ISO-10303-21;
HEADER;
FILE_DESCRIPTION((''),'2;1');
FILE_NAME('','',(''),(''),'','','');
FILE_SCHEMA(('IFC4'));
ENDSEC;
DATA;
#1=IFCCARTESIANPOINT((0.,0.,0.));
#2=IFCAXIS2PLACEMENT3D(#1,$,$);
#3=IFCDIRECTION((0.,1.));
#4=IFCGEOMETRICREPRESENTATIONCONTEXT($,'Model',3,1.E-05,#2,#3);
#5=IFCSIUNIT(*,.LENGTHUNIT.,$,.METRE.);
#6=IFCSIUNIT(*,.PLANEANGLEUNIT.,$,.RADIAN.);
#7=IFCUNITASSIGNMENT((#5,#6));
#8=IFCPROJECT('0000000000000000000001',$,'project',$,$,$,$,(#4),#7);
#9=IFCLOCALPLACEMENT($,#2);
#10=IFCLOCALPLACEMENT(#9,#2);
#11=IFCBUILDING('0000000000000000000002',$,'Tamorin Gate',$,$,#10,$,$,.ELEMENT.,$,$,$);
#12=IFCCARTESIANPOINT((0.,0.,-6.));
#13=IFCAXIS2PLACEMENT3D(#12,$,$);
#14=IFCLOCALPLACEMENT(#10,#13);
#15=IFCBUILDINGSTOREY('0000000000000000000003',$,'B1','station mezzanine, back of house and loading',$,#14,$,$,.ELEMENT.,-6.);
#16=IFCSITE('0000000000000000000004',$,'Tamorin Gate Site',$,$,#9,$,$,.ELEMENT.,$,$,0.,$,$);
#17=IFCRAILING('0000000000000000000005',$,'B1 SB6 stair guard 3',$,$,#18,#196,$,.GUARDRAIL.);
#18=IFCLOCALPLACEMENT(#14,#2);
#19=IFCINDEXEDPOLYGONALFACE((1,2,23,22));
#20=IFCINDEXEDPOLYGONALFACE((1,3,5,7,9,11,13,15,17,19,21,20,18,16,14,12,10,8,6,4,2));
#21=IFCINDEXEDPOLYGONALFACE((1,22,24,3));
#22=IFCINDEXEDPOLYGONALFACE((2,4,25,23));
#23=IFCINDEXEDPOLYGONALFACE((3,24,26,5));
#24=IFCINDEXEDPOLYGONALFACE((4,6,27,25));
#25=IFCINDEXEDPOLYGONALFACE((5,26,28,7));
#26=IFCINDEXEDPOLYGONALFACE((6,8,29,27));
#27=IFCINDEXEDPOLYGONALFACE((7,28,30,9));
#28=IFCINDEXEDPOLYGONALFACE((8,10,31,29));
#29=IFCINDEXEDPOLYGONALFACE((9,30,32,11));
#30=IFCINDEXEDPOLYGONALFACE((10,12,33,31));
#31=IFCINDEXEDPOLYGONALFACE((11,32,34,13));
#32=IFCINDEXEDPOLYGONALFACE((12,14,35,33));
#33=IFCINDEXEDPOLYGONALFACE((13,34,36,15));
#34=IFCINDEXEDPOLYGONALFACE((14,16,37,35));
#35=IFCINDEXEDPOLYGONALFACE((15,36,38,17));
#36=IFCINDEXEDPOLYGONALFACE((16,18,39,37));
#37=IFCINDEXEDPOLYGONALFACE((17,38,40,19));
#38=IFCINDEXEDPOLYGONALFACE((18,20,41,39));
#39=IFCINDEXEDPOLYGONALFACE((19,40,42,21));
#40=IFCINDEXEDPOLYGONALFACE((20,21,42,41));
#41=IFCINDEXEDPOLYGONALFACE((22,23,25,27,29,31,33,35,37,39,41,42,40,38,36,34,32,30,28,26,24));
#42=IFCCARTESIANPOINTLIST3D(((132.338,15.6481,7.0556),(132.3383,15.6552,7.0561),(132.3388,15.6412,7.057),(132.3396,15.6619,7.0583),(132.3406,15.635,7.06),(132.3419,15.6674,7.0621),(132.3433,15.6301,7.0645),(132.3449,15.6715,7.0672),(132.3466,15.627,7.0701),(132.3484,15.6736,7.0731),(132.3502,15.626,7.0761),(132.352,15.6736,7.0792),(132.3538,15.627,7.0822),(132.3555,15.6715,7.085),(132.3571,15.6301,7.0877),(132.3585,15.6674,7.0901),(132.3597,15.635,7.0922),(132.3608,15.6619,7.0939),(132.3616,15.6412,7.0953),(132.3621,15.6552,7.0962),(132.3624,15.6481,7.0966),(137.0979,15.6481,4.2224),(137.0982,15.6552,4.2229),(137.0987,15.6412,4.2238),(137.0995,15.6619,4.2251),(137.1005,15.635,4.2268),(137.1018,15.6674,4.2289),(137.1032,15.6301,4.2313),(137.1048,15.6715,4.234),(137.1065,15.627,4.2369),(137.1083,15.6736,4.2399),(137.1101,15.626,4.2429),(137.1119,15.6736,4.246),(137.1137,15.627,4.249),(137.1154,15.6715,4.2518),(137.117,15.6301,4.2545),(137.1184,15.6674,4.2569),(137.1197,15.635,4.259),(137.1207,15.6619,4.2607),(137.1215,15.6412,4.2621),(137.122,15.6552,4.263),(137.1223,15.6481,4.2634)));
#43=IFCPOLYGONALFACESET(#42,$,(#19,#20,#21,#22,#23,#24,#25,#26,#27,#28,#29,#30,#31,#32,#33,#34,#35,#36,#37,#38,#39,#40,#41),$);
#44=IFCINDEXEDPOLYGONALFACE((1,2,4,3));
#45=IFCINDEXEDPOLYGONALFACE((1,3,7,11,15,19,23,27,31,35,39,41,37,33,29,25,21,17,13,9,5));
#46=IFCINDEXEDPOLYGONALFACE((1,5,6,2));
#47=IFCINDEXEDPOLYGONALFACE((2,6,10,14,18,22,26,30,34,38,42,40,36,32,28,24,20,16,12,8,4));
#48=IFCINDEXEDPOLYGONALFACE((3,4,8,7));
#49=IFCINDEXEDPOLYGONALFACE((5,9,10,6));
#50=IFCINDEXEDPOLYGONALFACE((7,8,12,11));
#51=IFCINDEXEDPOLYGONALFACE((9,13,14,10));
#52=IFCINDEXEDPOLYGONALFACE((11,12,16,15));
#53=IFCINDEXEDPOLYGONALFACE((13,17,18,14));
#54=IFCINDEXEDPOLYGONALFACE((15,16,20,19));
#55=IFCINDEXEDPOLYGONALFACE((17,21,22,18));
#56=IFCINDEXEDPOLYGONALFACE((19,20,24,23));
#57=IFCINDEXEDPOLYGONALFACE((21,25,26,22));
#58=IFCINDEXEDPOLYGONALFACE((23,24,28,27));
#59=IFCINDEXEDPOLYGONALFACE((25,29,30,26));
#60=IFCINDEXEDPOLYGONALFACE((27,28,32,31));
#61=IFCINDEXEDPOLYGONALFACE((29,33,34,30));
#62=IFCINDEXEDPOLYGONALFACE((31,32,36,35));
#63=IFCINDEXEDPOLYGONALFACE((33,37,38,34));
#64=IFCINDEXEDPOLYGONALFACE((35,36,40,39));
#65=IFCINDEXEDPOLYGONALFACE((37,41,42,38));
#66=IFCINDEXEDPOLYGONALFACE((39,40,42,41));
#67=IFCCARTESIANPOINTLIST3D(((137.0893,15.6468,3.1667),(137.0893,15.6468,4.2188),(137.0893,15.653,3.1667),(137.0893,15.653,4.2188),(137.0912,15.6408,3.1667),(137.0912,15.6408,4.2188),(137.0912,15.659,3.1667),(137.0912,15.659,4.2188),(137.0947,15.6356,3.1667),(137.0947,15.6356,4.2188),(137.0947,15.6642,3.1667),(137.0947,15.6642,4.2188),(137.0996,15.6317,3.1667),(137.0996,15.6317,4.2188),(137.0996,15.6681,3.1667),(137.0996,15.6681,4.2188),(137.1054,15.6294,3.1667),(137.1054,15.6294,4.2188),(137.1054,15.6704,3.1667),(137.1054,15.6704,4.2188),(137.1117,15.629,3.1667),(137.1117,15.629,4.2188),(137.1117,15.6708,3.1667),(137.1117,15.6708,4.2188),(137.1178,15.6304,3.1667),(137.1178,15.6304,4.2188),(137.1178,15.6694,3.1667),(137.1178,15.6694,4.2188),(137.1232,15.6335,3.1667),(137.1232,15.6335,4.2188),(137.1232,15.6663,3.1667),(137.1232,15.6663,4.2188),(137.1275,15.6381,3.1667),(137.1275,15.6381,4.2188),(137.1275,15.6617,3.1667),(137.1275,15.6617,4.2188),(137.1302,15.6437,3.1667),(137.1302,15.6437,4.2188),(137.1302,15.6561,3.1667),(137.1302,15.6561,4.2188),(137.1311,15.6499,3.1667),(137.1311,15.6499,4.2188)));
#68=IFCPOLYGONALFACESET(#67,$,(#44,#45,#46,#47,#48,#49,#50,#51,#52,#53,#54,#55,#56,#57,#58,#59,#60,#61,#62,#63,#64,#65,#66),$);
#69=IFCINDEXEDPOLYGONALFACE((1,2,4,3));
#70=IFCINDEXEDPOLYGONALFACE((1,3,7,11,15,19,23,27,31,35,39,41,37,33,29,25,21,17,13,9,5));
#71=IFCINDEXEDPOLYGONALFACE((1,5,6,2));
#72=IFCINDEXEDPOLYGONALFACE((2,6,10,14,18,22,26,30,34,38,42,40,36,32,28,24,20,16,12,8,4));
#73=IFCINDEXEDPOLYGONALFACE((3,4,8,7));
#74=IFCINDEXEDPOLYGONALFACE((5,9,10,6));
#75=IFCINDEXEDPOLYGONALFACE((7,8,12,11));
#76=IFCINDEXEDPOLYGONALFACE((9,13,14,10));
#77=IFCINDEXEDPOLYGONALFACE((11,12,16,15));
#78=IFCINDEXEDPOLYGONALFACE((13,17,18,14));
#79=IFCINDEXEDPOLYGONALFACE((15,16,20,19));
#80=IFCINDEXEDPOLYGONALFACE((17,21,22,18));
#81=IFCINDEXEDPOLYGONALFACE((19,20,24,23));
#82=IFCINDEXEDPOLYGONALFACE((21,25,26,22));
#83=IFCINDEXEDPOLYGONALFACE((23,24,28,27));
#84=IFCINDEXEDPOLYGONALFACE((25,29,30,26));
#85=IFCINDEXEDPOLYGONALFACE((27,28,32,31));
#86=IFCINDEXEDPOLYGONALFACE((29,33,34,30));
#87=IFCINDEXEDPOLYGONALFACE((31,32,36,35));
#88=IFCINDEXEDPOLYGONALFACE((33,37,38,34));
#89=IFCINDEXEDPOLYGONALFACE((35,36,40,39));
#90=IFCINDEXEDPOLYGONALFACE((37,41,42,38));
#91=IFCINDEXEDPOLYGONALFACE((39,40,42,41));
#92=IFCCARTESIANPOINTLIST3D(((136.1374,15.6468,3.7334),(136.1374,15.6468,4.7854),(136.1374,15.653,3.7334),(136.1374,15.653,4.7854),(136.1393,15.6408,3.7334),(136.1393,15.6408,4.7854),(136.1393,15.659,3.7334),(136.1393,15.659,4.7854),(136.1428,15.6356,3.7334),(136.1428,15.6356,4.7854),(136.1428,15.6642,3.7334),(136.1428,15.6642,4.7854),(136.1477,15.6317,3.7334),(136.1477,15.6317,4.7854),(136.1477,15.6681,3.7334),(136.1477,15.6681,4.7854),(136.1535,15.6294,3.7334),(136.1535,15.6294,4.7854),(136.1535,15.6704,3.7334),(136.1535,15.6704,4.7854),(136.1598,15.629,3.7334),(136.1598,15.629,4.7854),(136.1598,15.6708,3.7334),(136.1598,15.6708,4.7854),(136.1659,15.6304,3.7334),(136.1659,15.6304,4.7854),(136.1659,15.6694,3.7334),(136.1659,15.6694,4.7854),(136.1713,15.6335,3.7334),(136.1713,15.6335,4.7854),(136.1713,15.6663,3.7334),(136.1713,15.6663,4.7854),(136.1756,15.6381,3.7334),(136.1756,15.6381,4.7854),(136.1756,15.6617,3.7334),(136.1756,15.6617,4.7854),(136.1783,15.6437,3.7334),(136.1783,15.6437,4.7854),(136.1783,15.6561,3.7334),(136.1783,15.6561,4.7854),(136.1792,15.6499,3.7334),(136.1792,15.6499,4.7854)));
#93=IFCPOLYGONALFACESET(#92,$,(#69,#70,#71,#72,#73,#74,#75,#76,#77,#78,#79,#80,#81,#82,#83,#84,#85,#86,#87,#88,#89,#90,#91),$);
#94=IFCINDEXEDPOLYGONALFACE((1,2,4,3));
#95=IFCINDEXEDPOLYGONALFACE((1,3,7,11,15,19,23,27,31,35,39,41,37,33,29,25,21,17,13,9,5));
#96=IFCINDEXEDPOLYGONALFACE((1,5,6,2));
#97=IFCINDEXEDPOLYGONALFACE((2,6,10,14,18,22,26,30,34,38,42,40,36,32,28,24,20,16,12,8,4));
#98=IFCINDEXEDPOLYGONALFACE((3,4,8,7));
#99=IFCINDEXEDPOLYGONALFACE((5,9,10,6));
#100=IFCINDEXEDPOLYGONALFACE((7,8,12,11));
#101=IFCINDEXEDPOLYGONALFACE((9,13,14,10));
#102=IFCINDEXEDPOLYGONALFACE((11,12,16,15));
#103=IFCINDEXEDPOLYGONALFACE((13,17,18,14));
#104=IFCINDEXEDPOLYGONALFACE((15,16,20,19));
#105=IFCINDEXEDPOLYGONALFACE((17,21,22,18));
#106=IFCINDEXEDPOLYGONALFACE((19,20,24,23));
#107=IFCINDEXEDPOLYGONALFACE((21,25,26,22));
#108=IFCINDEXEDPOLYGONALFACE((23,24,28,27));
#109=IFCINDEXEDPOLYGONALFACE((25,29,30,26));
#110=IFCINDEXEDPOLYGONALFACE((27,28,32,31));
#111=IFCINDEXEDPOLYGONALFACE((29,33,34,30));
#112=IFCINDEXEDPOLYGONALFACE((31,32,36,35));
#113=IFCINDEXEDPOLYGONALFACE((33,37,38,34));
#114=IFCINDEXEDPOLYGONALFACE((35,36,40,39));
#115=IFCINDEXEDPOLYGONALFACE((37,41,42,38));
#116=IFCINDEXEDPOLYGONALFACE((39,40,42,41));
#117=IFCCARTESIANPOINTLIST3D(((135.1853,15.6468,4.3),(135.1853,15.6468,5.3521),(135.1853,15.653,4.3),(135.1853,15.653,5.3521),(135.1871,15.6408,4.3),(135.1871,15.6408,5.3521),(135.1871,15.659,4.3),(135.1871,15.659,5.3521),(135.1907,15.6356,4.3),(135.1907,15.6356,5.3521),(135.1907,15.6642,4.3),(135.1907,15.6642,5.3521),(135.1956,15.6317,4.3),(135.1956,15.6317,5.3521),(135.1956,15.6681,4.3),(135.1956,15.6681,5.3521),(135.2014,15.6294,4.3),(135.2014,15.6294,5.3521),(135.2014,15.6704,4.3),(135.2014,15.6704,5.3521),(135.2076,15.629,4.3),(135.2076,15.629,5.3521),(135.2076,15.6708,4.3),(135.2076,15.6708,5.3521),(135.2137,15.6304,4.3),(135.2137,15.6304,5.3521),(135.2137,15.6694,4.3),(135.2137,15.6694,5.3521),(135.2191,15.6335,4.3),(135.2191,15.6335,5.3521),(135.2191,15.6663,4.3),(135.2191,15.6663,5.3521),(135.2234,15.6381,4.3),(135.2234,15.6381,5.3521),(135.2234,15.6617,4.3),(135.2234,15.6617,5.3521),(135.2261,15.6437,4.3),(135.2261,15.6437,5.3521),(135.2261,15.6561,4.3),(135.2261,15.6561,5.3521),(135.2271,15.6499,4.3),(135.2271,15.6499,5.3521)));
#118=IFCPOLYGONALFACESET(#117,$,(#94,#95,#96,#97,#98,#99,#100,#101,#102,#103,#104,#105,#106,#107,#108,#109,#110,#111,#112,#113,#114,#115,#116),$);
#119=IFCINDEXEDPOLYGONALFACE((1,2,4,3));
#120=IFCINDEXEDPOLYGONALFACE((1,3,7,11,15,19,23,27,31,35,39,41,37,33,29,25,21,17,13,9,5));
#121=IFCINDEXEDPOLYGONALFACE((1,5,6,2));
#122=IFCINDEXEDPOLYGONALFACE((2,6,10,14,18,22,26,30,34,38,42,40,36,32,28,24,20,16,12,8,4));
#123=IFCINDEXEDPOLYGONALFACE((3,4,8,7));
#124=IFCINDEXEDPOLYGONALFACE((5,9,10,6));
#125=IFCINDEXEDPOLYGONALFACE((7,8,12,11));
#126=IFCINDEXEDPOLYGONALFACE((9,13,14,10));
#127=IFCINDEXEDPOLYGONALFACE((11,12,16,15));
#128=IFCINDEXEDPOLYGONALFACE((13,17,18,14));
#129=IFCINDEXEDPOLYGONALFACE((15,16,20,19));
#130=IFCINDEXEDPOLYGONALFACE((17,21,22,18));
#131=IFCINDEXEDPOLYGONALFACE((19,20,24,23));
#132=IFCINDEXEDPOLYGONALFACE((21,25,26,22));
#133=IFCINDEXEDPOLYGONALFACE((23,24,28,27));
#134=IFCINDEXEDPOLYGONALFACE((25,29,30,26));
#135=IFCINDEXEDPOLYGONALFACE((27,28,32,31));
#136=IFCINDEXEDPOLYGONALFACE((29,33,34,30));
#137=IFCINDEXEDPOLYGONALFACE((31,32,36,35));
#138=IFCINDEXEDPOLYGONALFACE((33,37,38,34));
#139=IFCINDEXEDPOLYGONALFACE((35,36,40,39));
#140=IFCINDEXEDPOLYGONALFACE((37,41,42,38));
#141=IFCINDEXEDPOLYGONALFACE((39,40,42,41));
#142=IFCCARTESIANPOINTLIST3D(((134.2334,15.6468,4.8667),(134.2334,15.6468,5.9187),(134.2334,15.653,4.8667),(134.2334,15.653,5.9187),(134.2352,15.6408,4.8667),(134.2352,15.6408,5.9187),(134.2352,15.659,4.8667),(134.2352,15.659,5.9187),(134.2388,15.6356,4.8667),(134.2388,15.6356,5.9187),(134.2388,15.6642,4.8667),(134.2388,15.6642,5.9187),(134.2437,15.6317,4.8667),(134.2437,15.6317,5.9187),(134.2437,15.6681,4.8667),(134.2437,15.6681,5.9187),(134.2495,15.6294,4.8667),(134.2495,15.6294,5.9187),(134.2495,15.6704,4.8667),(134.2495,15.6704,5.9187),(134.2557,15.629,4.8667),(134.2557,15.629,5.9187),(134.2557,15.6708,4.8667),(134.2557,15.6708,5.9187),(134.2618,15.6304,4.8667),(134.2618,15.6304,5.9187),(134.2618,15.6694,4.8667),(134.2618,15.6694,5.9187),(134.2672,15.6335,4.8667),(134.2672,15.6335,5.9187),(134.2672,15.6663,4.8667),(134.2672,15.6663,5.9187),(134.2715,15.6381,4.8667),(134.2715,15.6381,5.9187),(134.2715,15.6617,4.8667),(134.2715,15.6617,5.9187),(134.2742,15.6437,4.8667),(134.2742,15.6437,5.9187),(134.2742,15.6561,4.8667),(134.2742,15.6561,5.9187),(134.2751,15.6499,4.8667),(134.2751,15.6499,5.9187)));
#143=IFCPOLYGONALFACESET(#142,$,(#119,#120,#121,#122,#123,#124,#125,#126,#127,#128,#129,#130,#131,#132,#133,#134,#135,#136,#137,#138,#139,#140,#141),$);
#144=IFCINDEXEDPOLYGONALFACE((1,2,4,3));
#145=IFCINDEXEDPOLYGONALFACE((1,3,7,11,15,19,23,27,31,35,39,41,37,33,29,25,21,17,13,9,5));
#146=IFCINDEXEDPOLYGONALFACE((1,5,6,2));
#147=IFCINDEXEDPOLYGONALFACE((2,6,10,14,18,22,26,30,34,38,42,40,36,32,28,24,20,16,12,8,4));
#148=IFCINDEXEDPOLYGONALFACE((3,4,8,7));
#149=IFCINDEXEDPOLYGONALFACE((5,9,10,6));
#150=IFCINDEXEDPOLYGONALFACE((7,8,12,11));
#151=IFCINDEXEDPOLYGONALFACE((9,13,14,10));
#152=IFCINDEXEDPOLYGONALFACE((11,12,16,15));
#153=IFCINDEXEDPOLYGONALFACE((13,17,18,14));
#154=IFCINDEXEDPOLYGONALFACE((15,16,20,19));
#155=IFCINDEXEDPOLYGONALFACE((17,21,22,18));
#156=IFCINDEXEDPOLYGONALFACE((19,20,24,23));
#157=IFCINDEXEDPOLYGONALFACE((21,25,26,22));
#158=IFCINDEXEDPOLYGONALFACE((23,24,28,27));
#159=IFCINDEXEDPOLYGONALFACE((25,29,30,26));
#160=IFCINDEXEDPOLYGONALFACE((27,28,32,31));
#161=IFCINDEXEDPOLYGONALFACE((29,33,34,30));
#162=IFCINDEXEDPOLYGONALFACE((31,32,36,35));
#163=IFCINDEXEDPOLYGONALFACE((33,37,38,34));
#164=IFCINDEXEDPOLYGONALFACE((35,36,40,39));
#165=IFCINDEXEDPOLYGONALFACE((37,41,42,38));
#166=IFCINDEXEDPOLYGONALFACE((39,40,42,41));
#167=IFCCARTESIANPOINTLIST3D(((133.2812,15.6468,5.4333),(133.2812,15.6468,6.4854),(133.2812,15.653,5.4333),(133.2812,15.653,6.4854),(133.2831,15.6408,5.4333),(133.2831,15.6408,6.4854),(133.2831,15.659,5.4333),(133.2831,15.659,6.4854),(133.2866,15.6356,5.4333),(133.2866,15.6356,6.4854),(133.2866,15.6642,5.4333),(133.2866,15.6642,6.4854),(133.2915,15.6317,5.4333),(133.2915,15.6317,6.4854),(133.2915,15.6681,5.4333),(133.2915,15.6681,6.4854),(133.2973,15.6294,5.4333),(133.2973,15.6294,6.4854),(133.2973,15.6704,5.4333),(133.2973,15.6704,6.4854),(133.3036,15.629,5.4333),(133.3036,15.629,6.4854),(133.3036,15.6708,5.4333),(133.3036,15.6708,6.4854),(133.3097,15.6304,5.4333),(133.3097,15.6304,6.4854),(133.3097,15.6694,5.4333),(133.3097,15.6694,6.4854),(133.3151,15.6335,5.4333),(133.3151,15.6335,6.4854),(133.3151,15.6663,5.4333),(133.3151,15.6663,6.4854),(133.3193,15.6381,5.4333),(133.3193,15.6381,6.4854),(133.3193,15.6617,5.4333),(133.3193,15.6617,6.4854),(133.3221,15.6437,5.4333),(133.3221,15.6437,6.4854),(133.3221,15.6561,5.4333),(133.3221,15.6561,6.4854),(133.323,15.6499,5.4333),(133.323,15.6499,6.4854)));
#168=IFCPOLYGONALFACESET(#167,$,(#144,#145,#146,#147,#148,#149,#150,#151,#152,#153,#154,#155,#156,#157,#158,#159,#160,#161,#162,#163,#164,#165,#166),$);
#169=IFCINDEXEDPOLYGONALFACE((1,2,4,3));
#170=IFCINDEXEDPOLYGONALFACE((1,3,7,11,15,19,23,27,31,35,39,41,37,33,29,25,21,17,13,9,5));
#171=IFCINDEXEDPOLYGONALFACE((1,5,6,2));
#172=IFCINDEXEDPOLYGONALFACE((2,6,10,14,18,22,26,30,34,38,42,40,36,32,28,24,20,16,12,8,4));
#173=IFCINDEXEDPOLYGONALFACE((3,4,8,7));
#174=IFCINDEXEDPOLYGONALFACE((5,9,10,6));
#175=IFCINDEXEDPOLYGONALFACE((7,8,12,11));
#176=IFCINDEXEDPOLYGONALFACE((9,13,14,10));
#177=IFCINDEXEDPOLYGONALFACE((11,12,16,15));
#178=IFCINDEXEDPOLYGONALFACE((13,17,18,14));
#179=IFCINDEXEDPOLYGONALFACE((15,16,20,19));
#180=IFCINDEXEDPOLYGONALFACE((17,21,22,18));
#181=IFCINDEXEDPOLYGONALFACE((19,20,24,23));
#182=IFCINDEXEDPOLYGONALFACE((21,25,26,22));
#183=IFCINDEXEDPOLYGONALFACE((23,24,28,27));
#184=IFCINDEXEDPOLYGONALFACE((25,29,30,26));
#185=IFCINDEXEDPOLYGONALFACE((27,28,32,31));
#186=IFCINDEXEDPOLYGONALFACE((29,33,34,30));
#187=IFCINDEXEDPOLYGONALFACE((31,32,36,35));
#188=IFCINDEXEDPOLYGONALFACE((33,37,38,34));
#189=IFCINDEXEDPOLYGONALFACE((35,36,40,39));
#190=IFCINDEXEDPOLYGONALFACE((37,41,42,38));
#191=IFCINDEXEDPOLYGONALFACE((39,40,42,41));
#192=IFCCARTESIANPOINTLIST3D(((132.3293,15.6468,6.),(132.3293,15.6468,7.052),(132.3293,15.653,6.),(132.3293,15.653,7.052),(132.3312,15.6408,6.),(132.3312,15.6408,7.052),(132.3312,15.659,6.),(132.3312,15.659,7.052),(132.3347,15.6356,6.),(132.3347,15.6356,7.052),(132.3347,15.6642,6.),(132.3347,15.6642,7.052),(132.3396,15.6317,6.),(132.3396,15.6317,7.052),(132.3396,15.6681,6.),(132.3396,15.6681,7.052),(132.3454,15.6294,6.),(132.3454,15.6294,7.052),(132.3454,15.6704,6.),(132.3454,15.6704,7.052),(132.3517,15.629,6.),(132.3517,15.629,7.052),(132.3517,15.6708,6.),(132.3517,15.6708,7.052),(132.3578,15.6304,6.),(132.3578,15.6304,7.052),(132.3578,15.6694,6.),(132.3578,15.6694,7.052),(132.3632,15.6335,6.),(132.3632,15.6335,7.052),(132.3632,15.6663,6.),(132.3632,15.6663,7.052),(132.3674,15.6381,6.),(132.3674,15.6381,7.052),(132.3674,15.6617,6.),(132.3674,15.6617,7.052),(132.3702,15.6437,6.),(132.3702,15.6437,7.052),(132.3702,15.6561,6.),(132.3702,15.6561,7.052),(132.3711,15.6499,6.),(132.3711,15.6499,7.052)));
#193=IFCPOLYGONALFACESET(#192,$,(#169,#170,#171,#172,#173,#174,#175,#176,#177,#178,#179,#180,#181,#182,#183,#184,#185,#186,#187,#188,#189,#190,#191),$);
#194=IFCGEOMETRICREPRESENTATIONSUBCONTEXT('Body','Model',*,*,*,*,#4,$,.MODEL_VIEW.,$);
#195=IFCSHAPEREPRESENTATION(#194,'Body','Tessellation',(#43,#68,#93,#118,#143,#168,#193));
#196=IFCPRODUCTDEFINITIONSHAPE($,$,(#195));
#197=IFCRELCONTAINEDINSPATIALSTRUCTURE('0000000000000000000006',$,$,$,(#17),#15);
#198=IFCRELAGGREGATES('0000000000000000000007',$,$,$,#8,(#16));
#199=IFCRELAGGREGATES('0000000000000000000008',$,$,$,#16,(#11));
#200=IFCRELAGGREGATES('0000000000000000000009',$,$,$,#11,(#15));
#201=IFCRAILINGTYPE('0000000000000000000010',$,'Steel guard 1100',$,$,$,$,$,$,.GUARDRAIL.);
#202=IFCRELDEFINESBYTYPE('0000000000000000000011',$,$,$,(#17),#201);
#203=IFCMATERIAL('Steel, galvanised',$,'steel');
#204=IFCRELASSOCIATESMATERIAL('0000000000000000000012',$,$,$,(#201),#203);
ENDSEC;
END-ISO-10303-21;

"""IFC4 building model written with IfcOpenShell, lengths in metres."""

from ifc_helpers import new_model, si_unit, direction, frame, origin, origin_2d, place, context, subcontext, project, spatial, circle, extrude, material, type_object, element, save


model = new_model("IFC4")

# Units and contexts
model_context = context("Model", 3, precision=1e-05, world=origin(), true_north=direction((0.0, 1.0)))
body_context = subcontext(model_context, "Body", "Model", "MODEL_VIEW")
ifc_project = project(units=[si_unit("LENGTHUNIT", "METRE"), si_unit("PLANEANGLEUNIT", "RADIAN")], contexts=[model_context])

# Site, building, storey
site_placement = place(None, origin())
site = spatial("IfcSite", under=ifc_project, at=site_placement, Name="Tamorin Gate Site", CompositionType="ELEMENT", RefElevation=0.0)
building_placement = place(site_placement, origin())
building = spatial("IfcBuilding", under=site, at=building_placement, Name="Tamorin Gate", CompositionType="ELEMENT")
storey_placement = place(building_placement, frame((0.0, 0.0, -6.0)))
storey = spatial("IfcBuildingStorey", under=building, at=storey_placement, Name="B1", Description="station mezzanine, back of house and loading", CompositionType="ELEMENT", Elevation=-6.0)

# Railing
ifc_material_1 = material(Name="Steel, galvanised", Category="steel")
railing_type_1 = type_object("IfcRailingType", Name="Steel guard 1100", PredefinedType="GUARDRAIL", material=ifc_material_1)
railing_1_placement = place(storey_placement, frame((137.1101, 15.6499, 3.1667)))
element("IfcRailing", 1, at=railing_1_placement, inside=storey, type_object=railing_type_1, Name="B1 SB6 stair guard 3", PredefinedType="GUARDRAIL", context=body_context, shape_type="SweptSolid", body=[
    extrude(circle(Radius=0.0239, at=origin_2d()), frame((0.0, 0.0, 1.0762), z_axis=(-0.8593, 0.0, 0.511472), x_axis=(0.0, -1.0, 0.0)), (0.0, 0.0, 1.0), 5.5393),
    extrude(circle(Radius=0.021, at=origin_2d()), origin(), (0.0, 0.0, 1.0), 1.052),
    extrude(circle(Radius=0.021, at=origin_2d()), frame((-0.9519, 0.0, 0.5667)), (0.0, 0.0, 1.0), 1.052),
    extrude(circle(Radius=0.021, at=origin_2d()), frame((-1.9041, 0.0, 1.1333)), (0.0, 0.0, 1.0), 1.052),
    extrude(circle(Radius=0.021, at=origin_2d()), frame((-2.856, 0.0, 1.7)), (0.0, 0.0, 1.0), 1.052),
    extrude(circle(Radius=0.021, at=origin_2d()), frame((-3.8081, 0.0, 2.2666)), (0.0, 0.0, 1.0), 1.052),
    extrude(circle(Radius=0.021, at=origin_2d()), frame((-4.76, 0.0, 2.8333)), (0.0, 0.0, 1.0), 1.052),
])

save(model, "model.ifc")
